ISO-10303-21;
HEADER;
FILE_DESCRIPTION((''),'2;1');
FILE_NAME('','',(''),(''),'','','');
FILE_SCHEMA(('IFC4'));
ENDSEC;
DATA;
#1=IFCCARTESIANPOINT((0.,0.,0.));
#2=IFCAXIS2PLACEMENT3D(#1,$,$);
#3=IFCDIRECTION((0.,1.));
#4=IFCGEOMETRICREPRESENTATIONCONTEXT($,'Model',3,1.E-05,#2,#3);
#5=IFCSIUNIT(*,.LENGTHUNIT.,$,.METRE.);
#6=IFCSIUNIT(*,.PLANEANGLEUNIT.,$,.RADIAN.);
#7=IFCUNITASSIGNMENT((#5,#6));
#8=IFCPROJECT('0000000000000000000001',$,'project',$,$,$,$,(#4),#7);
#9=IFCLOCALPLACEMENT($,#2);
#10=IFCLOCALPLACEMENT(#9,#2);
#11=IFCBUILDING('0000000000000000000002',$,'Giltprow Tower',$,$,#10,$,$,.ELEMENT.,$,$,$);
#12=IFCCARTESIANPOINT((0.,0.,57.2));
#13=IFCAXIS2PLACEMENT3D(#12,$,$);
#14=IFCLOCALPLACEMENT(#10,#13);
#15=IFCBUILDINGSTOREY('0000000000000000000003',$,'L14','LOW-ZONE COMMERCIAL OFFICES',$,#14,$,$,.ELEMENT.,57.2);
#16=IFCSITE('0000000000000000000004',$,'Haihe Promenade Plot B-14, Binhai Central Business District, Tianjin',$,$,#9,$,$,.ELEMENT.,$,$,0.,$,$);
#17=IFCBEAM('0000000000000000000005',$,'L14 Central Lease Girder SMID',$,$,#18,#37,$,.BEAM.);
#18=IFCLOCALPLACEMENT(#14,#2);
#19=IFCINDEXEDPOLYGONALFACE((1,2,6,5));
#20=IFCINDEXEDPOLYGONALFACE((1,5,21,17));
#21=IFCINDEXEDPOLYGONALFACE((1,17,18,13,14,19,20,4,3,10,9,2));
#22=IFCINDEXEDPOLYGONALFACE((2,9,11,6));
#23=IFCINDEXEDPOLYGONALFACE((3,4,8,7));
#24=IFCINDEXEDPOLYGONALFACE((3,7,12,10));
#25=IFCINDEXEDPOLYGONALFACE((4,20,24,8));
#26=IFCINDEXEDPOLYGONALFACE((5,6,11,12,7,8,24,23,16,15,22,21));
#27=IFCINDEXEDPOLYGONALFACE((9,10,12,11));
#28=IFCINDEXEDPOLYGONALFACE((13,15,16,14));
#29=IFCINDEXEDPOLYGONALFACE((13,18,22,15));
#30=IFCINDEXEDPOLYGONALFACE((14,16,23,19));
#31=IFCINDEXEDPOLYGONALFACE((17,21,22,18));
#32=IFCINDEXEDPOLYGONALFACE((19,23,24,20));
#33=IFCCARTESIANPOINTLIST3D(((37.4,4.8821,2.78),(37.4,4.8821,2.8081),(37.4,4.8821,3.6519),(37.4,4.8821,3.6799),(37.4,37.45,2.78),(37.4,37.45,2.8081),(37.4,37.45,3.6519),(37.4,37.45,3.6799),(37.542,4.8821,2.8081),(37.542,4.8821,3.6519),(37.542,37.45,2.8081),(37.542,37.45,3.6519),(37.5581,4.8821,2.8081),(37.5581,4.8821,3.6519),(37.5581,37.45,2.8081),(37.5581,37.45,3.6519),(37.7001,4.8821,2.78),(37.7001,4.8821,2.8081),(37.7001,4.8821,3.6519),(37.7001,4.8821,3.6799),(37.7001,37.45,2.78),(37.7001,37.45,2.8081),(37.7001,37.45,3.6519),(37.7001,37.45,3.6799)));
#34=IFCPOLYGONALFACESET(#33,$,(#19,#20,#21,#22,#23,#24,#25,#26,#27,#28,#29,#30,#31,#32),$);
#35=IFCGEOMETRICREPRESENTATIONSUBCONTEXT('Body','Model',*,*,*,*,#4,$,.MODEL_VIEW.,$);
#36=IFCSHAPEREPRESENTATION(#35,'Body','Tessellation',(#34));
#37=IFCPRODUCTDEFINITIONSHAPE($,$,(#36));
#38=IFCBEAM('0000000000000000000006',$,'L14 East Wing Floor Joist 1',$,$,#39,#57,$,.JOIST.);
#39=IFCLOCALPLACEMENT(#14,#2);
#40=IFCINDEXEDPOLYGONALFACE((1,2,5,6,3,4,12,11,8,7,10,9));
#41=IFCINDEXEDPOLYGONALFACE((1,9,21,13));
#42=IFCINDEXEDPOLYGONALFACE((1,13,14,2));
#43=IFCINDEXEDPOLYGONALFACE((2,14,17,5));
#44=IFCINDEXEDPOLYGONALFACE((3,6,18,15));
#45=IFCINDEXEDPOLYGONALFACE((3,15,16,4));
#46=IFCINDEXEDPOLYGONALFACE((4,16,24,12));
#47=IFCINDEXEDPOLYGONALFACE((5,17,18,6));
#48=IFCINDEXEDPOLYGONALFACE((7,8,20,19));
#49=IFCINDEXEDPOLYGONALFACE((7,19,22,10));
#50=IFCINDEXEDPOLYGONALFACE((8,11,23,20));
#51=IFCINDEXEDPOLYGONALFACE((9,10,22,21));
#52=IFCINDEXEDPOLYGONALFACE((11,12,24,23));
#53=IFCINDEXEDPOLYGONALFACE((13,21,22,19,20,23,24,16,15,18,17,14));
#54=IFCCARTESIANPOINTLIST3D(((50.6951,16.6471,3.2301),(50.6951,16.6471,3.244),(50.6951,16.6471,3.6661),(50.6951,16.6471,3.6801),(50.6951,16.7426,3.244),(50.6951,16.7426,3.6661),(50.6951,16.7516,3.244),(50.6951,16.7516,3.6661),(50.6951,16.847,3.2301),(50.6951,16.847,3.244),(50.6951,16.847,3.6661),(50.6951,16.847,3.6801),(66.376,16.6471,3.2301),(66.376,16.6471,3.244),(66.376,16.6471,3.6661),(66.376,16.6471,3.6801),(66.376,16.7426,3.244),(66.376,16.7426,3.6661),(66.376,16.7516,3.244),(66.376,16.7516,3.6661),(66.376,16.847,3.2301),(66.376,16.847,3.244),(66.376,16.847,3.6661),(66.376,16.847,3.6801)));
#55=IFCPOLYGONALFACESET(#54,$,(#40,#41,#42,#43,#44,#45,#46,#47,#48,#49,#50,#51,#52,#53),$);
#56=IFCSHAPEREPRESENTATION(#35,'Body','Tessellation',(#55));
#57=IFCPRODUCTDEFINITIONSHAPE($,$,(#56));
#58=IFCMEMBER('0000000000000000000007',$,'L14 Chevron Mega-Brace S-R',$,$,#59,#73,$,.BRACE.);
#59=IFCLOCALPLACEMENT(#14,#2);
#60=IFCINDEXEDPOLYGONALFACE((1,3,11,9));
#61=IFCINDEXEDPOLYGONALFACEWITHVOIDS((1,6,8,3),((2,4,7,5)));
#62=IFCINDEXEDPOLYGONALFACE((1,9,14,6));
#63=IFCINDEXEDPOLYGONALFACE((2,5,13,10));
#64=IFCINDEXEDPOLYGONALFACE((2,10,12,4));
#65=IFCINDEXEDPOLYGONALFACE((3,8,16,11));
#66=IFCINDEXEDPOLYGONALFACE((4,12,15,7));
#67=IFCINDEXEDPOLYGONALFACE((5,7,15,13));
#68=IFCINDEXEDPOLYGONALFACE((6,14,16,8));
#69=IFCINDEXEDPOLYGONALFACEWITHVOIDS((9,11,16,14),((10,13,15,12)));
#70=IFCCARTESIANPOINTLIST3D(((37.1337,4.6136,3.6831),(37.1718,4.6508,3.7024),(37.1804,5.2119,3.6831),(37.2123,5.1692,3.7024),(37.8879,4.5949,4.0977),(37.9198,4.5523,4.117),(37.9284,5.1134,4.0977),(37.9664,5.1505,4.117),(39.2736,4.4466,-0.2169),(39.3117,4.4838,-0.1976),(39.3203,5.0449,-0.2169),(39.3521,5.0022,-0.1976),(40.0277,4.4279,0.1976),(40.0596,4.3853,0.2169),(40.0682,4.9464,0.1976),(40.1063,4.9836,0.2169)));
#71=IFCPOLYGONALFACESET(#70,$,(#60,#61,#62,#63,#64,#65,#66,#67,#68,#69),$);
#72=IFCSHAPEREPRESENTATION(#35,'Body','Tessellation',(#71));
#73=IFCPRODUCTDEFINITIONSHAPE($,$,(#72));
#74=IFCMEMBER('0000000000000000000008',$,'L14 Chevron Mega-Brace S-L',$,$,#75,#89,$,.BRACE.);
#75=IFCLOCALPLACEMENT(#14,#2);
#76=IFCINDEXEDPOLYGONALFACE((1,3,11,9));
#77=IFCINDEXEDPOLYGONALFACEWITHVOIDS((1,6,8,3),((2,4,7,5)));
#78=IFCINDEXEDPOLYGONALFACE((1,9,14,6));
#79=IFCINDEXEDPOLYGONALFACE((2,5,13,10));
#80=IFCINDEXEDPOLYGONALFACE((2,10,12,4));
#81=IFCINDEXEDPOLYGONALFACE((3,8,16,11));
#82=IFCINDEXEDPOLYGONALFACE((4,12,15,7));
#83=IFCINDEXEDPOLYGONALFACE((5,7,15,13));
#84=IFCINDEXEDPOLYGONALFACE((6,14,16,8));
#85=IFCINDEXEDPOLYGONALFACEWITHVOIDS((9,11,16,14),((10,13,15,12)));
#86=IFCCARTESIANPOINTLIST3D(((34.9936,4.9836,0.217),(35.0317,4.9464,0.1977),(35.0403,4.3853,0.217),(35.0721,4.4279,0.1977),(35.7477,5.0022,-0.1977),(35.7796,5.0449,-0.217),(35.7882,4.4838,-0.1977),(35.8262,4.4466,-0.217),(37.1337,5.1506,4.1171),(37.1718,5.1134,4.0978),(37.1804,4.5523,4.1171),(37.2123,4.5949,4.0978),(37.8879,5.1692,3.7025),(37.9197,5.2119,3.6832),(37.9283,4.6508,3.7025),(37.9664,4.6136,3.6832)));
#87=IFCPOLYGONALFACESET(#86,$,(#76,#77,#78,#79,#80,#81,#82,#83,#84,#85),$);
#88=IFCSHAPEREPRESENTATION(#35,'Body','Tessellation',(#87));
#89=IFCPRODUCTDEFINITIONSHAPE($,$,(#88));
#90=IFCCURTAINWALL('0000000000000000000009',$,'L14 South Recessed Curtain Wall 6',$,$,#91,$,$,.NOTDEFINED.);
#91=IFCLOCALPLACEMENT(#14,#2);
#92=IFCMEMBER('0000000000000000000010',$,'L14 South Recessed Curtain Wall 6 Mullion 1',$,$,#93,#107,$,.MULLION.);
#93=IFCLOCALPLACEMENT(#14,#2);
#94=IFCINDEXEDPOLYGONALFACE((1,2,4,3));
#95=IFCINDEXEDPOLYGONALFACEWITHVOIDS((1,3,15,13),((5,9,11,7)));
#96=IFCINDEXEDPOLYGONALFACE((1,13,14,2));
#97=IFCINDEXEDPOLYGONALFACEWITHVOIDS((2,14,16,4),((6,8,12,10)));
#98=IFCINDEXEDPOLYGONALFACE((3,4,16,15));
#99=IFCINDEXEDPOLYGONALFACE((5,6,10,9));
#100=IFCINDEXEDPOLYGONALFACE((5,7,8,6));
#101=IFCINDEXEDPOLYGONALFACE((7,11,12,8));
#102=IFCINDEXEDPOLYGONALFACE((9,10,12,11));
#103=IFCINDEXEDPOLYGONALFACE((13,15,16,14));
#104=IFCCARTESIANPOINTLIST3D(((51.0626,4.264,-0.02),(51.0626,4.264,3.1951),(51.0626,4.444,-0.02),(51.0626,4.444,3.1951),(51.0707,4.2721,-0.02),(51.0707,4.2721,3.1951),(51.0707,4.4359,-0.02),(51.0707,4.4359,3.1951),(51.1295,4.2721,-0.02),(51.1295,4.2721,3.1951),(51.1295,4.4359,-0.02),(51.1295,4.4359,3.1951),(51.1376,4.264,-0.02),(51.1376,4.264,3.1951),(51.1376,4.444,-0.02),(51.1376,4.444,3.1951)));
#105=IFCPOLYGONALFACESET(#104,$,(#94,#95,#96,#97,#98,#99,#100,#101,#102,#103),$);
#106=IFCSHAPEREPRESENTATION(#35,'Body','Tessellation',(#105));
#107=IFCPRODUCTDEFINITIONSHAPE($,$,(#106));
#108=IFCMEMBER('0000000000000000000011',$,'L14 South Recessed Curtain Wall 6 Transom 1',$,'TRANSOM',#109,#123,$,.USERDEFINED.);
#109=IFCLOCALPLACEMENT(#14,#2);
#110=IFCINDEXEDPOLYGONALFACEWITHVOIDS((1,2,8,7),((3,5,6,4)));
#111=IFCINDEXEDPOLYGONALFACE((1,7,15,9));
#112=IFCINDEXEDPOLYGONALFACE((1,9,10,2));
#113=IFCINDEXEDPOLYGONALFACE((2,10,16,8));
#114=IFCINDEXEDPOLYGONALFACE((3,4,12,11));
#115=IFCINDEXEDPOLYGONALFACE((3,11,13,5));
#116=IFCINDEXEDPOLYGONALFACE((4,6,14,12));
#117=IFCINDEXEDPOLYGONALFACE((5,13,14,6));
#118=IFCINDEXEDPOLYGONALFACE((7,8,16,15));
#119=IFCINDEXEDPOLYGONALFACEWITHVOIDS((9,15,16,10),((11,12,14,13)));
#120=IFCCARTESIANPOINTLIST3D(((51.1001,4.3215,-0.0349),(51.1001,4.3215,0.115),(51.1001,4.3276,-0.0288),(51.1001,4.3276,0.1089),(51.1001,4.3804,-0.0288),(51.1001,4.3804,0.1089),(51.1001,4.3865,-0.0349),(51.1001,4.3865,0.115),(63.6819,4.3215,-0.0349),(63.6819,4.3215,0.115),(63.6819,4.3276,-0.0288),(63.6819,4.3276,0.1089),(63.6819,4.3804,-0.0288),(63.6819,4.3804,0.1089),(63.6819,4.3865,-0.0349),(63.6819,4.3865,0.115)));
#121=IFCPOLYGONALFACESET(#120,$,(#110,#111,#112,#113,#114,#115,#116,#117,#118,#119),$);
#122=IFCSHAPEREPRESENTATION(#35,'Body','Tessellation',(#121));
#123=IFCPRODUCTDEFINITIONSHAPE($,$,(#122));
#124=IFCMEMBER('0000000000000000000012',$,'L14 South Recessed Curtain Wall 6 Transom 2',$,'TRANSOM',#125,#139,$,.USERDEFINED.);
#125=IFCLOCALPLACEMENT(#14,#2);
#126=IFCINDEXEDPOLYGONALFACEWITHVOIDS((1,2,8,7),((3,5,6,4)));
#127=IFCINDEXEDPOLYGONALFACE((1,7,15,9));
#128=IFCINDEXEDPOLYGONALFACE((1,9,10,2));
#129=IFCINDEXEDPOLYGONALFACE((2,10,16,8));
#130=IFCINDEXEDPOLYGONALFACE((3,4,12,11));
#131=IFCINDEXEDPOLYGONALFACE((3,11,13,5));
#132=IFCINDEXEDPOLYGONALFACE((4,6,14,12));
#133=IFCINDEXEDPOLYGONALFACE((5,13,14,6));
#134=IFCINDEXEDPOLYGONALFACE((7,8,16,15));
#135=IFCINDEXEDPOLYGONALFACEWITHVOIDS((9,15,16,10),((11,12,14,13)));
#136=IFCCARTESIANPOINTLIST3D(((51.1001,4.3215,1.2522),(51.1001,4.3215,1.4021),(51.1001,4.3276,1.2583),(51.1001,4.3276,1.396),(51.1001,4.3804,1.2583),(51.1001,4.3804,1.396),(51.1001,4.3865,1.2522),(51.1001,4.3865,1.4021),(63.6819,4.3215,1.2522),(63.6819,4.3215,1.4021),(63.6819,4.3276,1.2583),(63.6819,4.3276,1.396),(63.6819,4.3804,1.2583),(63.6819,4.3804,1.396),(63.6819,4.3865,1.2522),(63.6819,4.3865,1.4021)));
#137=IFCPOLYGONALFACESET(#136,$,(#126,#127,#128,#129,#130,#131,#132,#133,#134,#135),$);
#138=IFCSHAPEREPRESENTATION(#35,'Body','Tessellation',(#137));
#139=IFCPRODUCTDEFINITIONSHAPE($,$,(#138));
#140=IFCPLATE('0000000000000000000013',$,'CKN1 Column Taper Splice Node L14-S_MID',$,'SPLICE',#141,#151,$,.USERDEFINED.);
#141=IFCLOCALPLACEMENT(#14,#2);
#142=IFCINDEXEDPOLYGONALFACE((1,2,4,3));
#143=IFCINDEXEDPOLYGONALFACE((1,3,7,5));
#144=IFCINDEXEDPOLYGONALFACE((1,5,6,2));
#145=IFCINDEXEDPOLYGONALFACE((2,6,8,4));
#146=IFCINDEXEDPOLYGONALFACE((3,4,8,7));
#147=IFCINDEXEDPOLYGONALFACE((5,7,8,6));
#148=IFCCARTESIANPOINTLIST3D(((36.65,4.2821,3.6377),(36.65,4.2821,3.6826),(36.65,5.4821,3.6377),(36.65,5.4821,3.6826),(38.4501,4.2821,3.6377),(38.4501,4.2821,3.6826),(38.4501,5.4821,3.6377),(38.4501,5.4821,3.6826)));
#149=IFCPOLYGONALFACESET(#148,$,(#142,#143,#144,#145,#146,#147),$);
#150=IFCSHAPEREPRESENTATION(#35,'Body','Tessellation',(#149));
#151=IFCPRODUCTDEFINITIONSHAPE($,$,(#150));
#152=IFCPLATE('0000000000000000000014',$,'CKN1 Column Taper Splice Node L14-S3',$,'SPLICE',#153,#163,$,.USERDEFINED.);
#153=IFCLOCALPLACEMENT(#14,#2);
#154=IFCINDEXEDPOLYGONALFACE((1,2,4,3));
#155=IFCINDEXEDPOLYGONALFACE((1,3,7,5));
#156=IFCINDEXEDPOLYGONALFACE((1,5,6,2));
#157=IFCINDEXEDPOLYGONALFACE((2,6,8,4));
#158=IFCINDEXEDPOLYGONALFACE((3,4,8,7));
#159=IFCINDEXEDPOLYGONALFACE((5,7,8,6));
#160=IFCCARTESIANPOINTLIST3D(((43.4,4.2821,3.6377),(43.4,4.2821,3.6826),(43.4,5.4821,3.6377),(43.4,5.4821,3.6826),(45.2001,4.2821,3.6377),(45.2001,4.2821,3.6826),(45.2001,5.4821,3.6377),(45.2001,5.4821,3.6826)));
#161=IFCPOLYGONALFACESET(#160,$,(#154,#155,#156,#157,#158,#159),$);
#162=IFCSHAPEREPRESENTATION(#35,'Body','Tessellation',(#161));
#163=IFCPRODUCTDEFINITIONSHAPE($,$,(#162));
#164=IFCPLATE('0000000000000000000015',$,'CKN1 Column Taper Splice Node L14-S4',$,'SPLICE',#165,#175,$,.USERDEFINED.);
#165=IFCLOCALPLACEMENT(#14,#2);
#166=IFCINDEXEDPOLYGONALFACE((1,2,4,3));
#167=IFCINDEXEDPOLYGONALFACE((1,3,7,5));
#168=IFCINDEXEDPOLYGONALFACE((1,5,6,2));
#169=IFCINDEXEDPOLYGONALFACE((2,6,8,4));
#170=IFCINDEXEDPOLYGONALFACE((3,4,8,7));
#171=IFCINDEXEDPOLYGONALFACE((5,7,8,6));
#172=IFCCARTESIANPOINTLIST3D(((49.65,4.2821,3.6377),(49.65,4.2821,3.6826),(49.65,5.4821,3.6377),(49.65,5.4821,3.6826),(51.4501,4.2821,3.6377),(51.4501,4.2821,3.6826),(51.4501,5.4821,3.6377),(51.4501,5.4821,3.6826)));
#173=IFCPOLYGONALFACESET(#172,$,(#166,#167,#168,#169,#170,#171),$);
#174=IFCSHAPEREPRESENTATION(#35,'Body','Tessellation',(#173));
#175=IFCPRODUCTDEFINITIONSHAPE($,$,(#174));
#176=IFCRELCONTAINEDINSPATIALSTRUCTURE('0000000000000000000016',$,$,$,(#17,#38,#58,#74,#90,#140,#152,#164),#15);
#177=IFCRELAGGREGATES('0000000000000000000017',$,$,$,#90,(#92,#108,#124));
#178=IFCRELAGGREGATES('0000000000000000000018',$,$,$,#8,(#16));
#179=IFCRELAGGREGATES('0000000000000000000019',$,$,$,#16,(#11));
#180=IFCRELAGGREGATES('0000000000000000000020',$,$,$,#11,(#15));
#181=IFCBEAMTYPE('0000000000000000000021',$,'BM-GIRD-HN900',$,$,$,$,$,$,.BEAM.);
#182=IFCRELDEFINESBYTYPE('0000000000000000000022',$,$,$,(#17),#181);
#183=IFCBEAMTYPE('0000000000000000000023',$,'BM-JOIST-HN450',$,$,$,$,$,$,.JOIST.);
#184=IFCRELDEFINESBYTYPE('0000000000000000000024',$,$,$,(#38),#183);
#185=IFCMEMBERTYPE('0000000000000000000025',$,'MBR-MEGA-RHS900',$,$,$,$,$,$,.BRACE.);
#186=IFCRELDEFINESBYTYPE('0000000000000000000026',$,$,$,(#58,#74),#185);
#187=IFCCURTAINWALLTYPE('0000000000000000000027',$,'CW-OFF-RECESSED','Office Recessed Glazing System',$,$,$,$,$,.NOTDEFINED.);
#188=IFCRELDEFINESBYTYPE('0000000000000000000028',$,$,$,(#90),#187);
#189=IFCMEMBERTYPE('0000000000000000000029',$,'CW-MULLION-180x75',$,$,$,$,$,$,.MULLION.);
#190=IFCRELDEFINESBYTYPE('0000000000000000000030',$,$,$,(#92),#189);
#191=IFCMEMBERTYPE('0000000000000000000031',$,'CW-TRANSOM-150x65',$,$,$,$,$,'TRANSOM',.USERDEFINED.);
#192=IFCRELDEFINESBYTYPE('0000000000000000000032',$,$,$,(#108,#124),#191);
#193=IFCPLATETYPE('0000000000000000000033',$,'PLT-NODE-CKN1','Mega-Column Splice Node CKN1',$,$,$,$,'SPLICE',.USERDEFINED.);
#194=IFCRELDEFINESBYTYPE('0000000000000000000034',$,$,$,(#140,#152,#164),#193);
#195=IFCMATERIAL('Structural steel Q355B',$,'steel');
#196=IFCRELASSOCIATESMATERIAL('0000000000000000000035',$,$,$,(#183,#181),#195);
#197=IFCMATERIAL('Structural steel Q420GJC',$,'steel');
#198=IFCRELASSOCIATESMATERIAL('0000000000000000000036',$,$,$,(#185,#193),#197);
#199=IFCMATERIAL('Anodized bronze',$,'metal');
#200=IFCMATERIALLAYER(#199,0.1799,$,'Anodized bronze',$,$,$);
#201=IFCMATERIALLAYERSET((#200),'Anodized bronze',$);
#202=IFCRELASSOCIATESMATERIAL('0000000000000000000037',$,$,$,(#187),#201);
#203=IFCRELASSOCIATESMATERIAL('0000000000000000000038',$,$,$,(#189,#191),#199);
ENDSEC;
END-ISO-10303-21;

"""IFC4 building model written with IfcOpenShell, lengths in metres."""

from ifc_helpers import new_model, si_unit, direction, frame, origin, origin_2d, place, context, subcontext, project, spatial, rectangle, hollow_rectangle, i_section, extrude, source, transform, mapped, material, layer, layer_set, material_profile, profile_set, type_object, element, aggregate, save


model = new_model("IFC4")

# Units and contexts
model_context = context("Model", 3, precision=1e-05, world=origin(), true_north=direction((0.0, 1.0)))
body_context = subcontext(model_context, "Body", "Model", "MODEL_VIEW")
ifc_project = project(units=[si_unit("LENGTHUNIT", "METRE"), si_unit("PLANEANGLEUNIT", "RADIAN")], contexts=[model_context])

# Site, building, storey
site_placement = place(None, origin())
site = spatial("IfcSite", under=ifc_project, at=site_placement, Name="Haihe Promenade Plot B-14, Binhai Central Business District, Tianjin", CompositionType="ELEMENT", RefElevation=0.0)
building_placement = place(site_placement, origin())
building = spatial("IfcBuilding", under=site, at=building_placement, Name="Giltprow Tower", CompositionType="ELEMENT")
storey_placement = place(building_placement, frame((0.0, 0.0, 57.2)))
storey = spatial("IfcBuildingStorey", under=building, at=storey_placement, Name="L14", Description="LOW-ZONE COMMERCIAL OFFICES", CompositionType="ELEMENT", Elevation=57.2)

# Shared definitions
ifc_material_1 = material(Name="Structural steel Q420GJC", Category="steel")

# Beams
ifc_material_2 = material(Name="Structural steel Q355B", Category="steel")
ifc_material_profile_1 = material_profile(ifc_material_2, i_section(OverallWidth=0.2, OverallDepth=0.45, WebThickness=0.009, FlangeThickness=0.0139, at=origin_2d()), Name="HN 450x200x9x14")
ifc_profile_set_1 = profile_set([ifc_material_profile_1], Name="Structural steel Q355B")
beam_type_1 = type_object("IfcBeamType", Name="BM-JOIST-HN450", PredefinedType="JOIST", material=ifc_profile_set_1)
ifc_material_profile_2 = material_profile(ifc_material_2, i_section(OverallWidth=0.3, OverallDepth=0.8999, WebThickness=0.0161, FlangeThickness=0.0281, at=origin_2d()), Name="HN 900x300x16x28")
ifc_profile_set_2 = profile_set([ifc_material_profile_2], Name="Structural steel Q355B")
beam_type_2 = type_object("IfcBeamType", Name="BM-GIRD-HN900", PredefinedType="BEAM", material=ifc_profile_set_2)
shared_shape_1 = source(origin(), body_context, "Body", "SweptSolid", [
    extrude(i_section(OverallWidth=0.3, OverallDepth=0.8999, WebThickness=0.0161, FlangeThickness=0.0281, at=origin_2d()), origin(), (0.0, 0.0, 1.0), 32.5679),
])
beam_1_placement = place(storey_placement, frame((37.55, 4.8821, 3.23), z_axis=(0.0, 1.0, 0.0), x_axis=(-1.0, 0.0, 0.0)))
element("IfcBeam", 1, at=beam_1_placement, inside=storey, type_object=beam_type_2, Name="L14 Central Lease Girder SMID", PredefinedType="BEAM", context=body_context, shape_type="MappedRepresentation", body=[
    mapped(shared_shape_1, transform((0.0, 0.0, 0.0), x_axis=(1.0, 0.0, 0.0), y_axis=(0.0, 1.0, 0.0), z_axis=(0.0, 0.0, 1.0), scale=1.0)),
])
shared_shape_2 = source(origin(), body_context, "Body", "SweptSolid", [
    extrude(i_section(OverallWidth=0.2, OverallDepth=0.45, WebThickness=0.009, FlangeThickness=0.0139, at=origin_2d()), origin(), (0.0, 0.0, 1.0), 15.6809),
])
beam_2_placement = place(storey_placement, frame((50.6951, 16.7471, 3.4551), z_axis=(1.0, 0.0, 0.0), x_axis=(0.0, 1.0, 0.0)))
element("IfcBeam", 2, at=beam_2_placement, inside=storey, type_object=beam_type_1, Name="L14 East Wing Floor Joist 1", PredefinedType="JOIST", context=body_context, shape_type="MappedRepresentation", body=[
    mapped(shared_shape_2, transform((0.0, 0.0, 0.0), x_axis=(1.0, 0.0, 0.0), y_axis=(0.0, 1.0, 0.0), z_axis=(0.0, 0.0, 1.0), scale=1.0)),
])

# Members
ifc_material_profile_3 = material_profile(ifc_material_1, hollow_rectangle(XDim=0.6001, YDim=0.8999, WallThickness=0.04, at=origin_2d()), Name="RHS 900x600x40")
ifc_profile_set_3 = profile_set([ifc_material_profile_3], Name="Structural steel Q420GJC")
member_type_1 = type_object("IfcMemberType", Name="MBR-MEGA-RHS900", PredefinedType="BRACE", material=ifc_profile_set_3)
shared_shape_3 = source(origin(), body_context, "Body", "SweptSolid", [
    extrude(hollow_rectangle(XDim=0.6001, YDim=0.8999, WallThickness=0.04, at=origin_2d()), origin(), (0.0, 0.0, 1.0), 4.4517),
])
member_1_placement = place(storey_placement, frame((39.6899, 4.7151, 0.0), z_axis=(-0.480685, 0.037511, 0.876091), x_axis=(-0.077801, -0.996969, 0.0)))
element("IfcMember", 3, at=member_1_placement, inside=storey, type_object=member_type_1, Name="L14 Chevron Mega-Brace S-R", PredefinedType="BRACE", context=body_context, shape_type="MappedRepresentation", body=[
    mapped(shared_shape_3, transform((0.0, 0.0, 0.0), x_axis=(1.0, 0.0, 0.0), y_axis=(0.0, 1.0, 0.0), z_axis=(0.0, 0.0, 1.0), scale=1.0)),
])
shared_shape_4 = source(origin(), body_context, "Body", "SweptSolid", [
    extrude(hollow_rectangle(XDim=0.6001, YDim=0.8999, WallThickness=0.04, at=origin_2d()), origin(), (0.0, 0.0, 1.0), 4.4519),
])
member_2_placement = place(storey_placement, frame((35.4099, 4.7151, 0.0), z_axis=(0.480727, 0.037511, 0.876068), x_axis=(-0.077792, 0.99697, 0.0)))
element("IfcMember", 4, at=member_2_placement, inside=storey, type_object=member_type_1, Name="L14 Chevron Mega-Brace S-L", PredefinedType="BRACE", context=body_context, shape_type="MappedRepresentation", body=[
    mapped(shared_shape_4, transform((0.0, 0.0, 0.0), x_axis=(1.0, 0.0, 0.0), y_axis=(0.0, 1.0, 0.0), z_axis=(0.0, 0.0, 1.0), scale=1.0)),
])

# Curtain wall, members
ifc_material_3 = material(Name="Anodized bronze", Category="metal")
ifc_layer_1 = layer(ifc_material_3, 0.1799, Name="Anodized bronze")
ifc_layer_set_1 = layer_set([ifc_layer_1], Name="Anodized bronze")
curtain_wall_type = type_object("IfcCurtainWallType", Name="CW-OFF-RECESSED", Description="Office Recessed Glazing System", PredefinedType="NOTDEFINED", material=ifc_layer_set_1)
curtain_wall_placement = place(storey_placement, origin())
curtain_wall = element("IfcCurtainWall", 5, at=curtain_wall_placement, inside=storey, type_object=curtain_wall_type, Name="L14 South Recessed Curtain Wall 6", PredefinedType="NOTDEFINED")
ifc_material_profile_4 = material_profile(ifc_material_3, hollow_rectangle(XDim=0.075, YDim=0.1799, WallThickness=0.0081, at=origin_2d()), Name="RHS 180x75x8")
ifc_profile_set_4 = profile_set([ifc_material_profile_4], Name="Anodized bronze")
member_type_2 = type_object("IfcMemberType", Name="CW-MULLION-180x75", PredefinedType="MULLION", material=ifc_profile_set_4)
shared_shape_5 = source(origin(), body_context, "Body", "SweptSolid", [
    extrude(hollow_rectangle(XDim=0.075, YDim=0.1799, WallThickness=0.0081, at=origin_2d()), origin(), (0.0, 0.0, 1.0), 3.2151),
])
member_3_placement = place(storey_placement, frame((51.1001, 4.354, -0.02), z_axis=(0.0, 0.0, 1.0), x_axis=(1.0, 0.0, 0.0)))
member_3 = element("IfcMember", 6, at=member_3_placement, type_object=member_type_2, Name="L14 South Recessed Curtain Wall 6 Mullion 1", PredefinedType="MULLION", context=body_context, shape_type="MappedRepresentation", body=[
    mapped(shared_shape_5, transform((0.0, 0.0, 0.0), x_axis=(1.0, 0.0, 0.0), y_axis=(0.0, 1.0, 0.0), z_axis=(0.0, 0.0, 1.0), scale=1.0)),
])
ifc_material_profile_5 = material_profile(ifc_material_3, hollow_rectangle(XDim=0.0649, YDim=0.1499, WallThickness=0.0061, at=origin_2d()), Name="RHS 150x65x6")
ifc_profile_set_5 = profile_set([ifc_material_profile_5], Name="Anodized bronze")
member_type_3 = type_object("IfcMemberType", Name="CW-TRANSOM-150x65", ElementType="TRANSOM", PredefinedType="USERDEFINED", material=ifc_profile_set_5)
shared_shape_6 = source(origin(), body_context, "Body", "SweptSolid", [
    extrude(hollow_rectangle(XDim=0.0649, YDim=0.1499, WallThickness=0.0061, at=origin_2d()), origin(), (0.0, 0.0, 1.0), 12.5818),
])
member_4_placement = place(storey_placement, frame((51.1001, 4.354, 0.04), z_axis=(1.0, 0.0, 0.0), x_axis=(0.0, 1.0, 0.0)))
member_4 = element("IfcMember", 7, at=member_4_placement, type_object=member_type_3, Name="L14 South Recessed Curtain Wall 6 Transom 1", ObjectType="TRANSOM", PredefinedType="USERDEFINED", context=body_context, shape_type="MappedRepresentation", body=[
    mapped(shared_shape_6, transform((0.0, 0.0, 0.0), x_axis=(1.0, 0.0, 0.0), y_axis=(0.0, 1.0, 0.0), z_axis=(0.0, 0.0, 1.0), scale=1.0)),
])
member_5_placement = place(storey_placement, frame((51.1001, 4.354, 1.3271), z_axis=(1.0, 0.0, 0.0), x_axis=(0.0, 1.0, 0.0)))
member_5 = element("IfcMember", 8, at=member_5_placement, type_object=member_type_3, Name="L14 South Recessed Curtain Wall 6 Transom 2", ObjectType="TRANSOM", PredefinedType="USERDEFINED", context=body_context, shape_type="MappedRepresentation", body=[
    mapped(shared_shape_6, transform((0.0, 0.0, 0.0), x_axis=(1.0, 0.0, 0.0), y_axis=(0.0, 1.0, 0.0), z_axis=(0.0, 0.0, 1.0), scale=1.0)),
])
aggregate(curtain_wall, [member_3, member_4, member_5])

# Plates
plate_type_1 = type_object("IfcPlateType", Name="PLT-NODE-CKN1", Description="Mega-Column Splice Node CKN1", ElementType="SPLICE", PredefinedType="USERDEFINED", material=ifc_material_1)
shared_shape_7 = source(origin(), body_context, "Body", "SweptSolid", [
    extrude(rectangle(XDim=1.8, YDim=1.2, at=origin_2d()), origin(), (0.0, 0.0, 1.0), 0.0449),
])
for number, where, z_axis, x_axis, name in (
    (9, (37.55, 4.8821, 3.6377), (0.0, 0.0, 1.0), (1.0, 0.0, 0.0), "CKN1 Column Taper Splice Node L14-S_MID"),
    (10, (44.3, 4.8821, 3.6377), (0.0, 0.0, 1.0), (1.0, 0.0, 0.0), "CKN1 Column Taper Splice Node L14-S3"),
    (11, (50.55, 4.8821, 3.6377), (0.0, 0.0, 1.0), (1.0, 0.0, 0.0), "CKN1 Column Taper Splice Node L14-S4"),
):
    element("IfcPlate", number, at=place(storey_placement, frame(where, z_axis=z_axis, x_axis=x_axis)), inside=storey, type_object=plate_type_1, Name=name, ObjectType="SPLICE", PredefinedType="USERDEFINED", context=body_context, shape_type="MappedRepresentation", body=[
        mapped(shared_shape_7, transform((0.0, 0.0, 0.0), x_axis=(1.0, 0.0, 0.0), y_axis=(0.0, 1.0, 0.0), z_axis=(0.0, 0.0, 1.0), scale=1.0)),
    ])

save(model, "model.ifc")
